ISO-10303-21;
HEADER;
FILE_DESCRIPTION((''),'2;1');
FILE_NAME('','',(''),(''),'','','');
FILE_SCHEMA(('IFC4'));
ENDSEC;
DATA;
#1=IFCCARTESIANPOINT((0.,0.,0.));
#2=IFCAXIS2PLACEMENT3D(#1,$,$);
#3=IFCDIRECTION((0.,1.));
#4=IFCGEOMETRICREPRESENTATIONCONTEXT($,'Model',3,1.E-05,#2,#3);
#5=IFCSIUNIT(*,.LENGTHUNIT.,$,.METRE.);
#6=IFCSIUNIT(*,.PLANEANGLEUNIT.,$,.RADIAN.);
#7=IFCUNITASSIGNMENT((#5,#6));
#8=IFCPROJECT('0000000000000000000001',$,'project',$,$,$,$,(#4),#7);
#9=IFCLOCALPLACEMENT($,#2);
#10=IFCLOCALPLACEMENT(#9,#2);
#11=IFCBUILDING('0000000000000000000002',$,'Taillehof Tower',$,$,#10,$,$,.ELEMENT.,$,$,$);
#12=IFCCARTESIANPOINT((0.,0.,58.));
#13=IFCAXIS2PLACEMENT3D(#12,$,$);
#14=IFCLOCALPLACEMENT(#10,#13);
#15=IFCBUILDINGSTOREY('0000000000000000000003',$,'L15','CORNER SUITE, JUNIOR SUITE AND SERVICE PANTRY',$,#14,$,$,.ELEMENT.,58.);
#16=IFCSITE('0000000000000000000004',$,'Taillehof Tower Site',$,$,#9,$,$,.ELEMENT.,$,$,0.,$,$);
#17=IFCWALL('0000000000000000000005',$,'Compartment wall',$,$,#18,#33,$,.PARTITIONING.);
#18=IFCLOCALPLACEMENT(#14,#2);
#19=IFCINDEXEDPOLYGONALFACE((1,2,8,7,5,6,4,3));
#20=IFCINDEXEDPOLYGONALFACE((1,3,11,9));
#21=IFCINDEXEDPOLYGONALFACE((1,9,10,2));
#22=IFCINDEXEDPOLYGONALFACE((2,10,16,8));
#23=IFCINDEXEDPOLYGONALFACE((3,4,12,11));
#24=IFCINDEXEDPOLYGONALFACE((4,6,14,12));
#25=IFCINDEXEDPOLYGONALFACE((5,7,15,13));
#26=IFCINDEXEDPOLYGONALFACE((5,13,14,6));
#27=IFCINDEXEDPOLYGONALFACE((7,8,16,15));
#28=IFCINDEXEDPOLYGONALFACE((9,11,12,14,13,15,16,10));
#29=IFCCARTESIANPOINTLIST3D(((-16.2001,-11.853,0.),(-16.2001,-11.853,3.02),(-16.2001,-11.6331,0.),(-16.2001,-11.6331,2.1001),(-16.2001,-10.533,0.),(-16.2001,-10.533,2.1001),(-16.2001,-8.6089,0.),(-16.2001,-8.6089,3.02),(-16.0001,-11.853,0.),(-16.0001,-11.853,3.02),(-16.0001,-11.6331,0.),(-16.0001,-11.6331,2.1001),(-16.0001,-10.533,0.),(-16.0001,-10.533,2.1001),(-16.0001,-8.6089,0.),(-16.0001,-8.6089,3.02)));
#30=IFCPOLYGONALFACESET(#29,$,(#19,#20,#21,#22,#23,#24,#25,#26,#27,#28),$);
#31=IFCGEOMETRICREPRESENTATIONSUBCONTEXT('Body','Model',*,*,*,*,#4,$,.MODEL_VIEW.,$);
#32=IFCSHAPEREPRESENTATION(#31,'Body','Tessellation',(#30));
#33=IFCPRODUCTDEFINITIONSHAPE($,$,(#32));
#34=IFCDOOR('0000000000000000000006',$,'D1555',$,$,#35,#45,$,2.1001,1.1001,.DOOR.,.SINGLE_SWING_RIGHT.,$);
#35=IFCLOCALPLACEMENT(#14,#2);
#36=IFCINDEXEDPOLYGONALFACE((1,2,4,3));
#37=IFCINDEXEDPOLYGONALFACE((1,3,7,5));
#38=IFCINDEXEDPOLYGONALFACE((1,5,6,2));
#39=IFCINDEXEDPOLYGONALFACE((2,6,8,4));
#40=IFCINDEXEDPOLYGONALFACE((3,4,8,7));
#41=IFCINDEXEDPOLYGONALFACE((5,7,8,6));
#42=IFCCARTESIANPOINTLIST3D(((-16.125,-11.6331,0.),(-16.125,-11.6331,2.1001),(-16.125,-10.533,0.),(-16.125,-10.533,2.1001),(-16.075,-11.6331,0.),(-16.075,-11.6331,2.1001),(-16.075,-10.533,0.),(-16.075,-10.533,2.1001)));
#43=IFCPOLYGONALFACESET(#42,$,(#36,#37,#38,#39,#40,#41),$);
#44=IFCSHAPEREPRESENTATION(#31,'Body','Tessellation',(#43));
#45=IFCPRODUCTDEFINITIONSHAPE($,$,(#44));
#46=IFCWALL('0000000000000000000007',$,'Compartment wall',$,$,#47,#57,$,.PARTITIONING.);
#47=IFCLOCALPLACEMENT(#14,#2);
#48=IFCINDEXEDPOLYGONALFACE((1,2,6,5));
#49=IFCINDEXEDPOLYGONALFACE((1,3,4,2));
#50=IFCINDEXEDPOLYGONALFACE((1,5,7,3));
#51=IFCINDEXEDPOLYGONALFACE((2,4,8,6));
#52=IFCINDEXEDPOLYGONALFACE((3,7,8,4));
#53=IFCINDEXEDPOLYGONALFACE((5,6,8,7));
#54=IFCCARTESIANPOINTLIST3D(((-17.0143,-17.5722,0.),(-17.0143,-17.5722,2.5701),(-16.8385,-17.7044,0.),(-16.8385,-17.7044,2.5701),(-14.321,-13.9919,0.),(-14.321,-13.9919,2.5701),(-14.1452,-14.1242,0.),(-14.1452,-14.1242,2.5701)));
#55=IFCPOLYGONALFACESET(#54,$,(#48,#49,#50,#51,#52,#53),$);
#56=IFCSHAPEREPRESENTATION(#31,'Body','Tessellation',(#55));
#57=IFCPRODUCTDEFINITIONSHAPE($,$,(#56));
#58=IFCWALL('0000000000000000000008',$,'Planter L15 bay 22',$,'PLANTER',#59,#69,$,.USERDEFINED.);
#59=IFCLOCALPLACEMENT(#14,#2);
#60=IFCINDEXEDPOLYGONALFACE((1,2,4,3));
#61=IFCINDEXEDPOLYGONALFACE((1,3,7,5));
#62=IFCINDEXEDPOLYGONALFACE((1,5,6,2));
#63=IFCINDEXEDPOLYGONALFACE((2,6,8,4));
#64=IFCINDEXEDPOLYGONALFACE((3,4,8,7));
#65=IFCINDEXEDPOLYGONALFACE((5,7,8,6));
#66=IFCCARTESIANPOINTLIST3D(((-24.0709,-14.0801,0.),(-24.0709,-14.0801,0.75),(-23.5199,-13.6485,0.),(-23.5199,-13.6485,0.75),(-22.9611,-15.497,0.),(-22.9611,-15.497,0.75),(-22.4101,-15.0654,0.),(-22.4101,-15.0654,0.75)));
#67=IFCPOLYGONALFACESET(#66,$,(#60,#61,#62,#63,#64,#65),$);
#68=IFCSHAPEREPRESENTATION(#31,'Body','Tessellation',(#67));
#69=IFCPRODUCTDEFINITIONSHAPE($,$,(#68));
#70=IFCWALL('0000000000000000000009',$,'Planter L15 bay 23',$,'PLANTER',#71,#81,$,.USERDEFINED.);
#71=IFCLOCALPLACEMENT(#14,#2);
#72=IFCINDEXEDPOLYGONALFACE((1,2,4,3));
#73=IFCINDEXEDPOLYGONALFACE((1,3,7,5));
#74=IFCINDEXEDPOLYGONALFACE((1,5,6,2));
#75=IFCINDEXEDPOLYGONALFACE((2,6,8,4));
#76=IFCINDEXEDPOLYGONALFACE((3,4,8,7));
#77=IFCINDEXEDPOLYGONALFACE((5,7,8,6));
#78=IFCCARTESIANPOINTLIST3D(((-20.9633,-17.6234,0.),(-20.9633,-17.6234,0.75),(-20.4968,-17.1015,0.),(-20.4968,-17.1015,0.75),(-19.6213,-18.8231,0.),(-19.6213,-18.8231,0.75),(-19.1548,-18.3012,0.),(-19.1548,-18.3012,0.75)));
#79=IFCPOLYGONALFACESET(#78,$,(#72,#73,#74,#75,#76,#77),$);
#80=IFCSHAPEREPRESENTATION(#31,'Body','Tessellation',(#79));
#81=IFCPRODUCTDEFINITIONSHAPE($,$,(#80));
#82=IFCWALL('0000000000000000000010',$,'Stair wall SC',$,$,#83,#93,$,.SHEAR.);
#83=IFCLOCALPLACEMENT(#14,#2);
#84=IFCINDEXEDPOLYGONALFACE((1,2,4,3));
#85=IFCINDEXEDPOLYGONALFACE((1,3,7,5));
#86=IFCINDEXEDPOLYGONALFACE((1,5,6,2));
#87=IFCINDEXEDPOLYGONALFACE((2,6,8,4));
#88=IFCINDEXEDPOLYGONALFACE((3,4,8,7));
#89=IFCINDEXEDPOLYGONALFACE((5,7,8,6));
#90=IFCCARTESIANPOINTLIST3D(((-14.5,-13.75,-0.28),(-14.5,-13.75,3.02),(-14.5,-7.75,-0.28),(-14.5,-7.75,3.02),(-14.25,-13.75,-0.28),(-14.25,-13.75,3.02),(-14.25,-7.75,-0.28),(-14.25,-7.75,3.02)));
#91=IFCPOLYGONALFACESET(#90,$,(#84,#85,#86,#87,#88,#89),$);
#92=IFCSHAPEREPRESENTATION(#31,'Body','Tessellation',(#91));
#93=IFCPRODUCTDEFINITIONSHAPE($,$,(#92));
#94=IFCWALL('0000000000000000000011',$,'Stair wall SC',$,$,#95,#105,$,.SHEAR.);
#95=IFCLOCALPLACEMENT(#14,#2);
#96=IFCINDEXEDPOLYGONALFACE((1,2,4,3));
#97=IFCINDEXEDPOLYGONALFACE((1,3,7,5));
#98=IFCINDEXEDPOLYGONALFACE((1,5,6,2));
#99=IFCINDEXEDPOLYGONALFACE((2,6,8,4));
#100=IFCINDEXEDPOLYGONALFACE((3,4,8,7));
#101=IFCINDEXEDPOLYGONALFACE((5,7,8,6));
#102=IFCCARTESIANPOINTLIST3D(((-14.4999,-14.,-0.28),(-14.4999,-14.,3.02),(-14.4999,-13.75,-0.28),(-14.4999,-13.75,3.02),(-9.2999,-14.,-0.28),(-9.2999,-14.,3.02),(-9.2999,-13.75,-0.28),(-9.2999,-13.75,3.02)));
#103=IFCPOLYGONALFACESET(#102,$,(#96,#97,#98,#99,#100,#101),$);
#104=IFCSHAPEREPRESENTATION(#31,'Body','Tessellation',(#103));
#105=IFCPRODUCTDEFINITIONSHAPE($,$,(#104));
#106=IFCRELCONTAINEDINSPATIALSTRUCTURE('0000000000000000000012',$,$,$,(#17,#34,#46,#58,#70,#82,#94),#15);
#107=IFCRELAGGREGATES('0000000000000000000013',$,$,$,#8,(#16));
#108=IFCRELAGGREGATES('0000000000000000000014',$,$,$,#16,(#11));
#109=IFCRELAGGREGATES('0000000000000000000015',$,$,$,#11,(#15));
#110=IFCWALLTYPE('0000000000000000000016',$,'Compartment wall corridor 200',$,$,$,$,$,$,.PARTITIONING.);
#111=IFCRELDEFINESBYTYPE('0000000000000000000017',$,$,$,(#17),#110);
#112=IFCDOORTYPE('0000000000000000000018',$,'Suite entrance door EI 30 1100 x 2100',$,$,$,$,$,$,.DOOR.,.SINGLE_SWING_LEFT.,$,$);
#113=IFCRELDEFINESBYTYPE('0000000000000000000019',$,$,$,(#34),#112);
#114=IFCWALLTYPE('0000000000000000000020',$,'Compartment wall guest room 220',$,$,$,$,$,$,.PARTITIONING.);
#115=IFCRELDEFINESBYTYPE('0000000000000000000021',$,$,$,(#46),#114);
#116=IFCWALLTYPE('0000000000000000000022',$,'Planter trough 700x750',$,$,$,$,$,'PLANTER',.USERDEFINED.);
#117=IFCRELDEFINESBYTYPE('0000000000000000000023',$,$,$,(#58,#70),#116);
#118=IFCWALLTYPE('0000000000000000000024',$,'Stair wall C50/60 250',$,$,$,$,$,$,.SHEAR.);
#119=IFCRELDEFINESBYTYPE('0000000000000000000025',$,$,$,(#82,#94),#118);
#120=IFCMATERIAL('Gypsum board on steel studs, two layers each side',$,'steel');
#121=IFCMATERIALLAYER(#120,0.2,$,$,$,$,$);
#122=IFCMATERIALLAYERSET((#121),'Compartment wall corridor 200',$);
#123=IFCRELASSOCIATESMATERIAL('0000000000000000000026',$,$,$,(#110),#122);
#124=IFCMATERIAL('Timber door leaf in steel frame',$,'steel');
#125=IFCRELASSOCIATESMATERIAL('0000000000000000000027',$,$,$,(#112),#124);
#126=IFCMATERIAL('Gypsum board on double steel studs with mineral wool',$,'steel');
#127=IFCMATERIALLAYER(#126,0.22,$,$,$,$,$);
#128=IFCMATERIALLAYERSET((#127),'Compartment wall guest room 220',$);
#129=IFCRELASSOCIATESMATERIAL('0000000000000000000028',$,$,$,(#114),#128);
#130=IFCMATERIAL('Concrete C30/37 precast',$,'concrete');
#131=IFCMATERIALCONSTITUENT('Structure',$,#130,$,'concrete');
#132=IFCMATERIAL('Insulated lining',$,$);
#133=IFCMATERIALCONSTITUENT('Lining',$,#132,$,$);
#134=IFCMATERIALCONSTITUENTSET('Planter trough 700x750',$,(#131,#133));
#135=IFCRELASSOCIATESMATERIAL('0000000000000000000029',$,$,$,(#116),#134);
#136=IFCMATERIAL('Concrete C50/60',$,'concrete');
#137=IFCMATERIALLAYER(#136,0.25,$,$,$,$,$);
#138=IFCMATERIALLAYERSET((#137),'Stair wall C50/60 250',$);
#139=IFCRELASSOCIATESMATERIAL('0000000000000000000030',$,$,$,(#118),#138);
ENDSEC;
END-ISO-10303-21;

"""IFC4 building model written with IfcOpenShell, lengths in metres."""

from ifc_helpers import new_model, si_unit, direction, frame, frame_2d, origin, place, context, subcontext, project, spatial, rectangle, extrude, material, layer, layer_set, constituent, constituent_set, type_object, element, fill, save


model = new_model("IFC4")

# Units and contexts
model_context = context("Model", 3, precision=1e-05, world=origin(), true_north=direction((0.0, 1.0)))
body_context = subcontext(model_context, "Body", "Model", "MODEL_VIEW")
ifc_project = project(units=[si_unit("LENGTHUNIT", "METRE"), si_unit("PLANEANGLEUNIT", "RADIAN")], contexts=[model_context])

# Site, building, storey
site_placement = place(None, origin())
site = spatial("IfcSite", under=ifc_project, at=site_placement, Name="Taillehof Tower Site", CompositionType="ELEMENT", RefElevation=0.0)
building_placement = place(site_placement, origin())
building = spatial("IfcBuilding", under=site, at=building_placement, Name="Taillehof Tower", CompositionType="ELEMENT")
storey_placement = place(building_placement, frame((0.0, 0.0, 58.0)))
storey = spatial("IfcBuildingStorey", under=building, at=storey_placement, Name="L15", Description="CORNER SUITE, JUNIOR SUITE AND SERVICE PANTRY", CompositionType="ELEMENT", Elevation=58.0)

# Shared definitions
ifc_material_1 = material(Name="Gypsum board on steel studs, two layers each side", Category="steel")
ifc_layer_1 = layer(ifc_material_1, 0.2)
ifc_layer_set_1 = layer_set([ifc_layer_1], Name="Compartment wall corridor 200")
wall_type_1 = type_object("IfcWallType", Name="Compartment wall corridor 200", PredefinedType="PARTITIONING", material=ifc_layer_set_1)

# Wall, opening, door
wall_1_placement = place(storey_placement, frame((-16.1001, -11.853, 0.0), z_axis=(0.0, 0.0, 1.0), x_axis=(0.0, 1.0, 0.0)))
wall_1 = element("IfcWall", 1, at=wall_1_placement, inside=storey, type_object=wall_type_1, Name="Compartment wall", PredefinedType="PARTITIONING", context=body_context, shape_type="SweptSolid", body=[
    extrude(rectangle(XDim=3.2441, YDim=0.2, at=frame_2d((1.6221, 0.0))), origin(), (0.0, 0.0, 1.0), 3.02),
])
opening_1_placement = place(wall_1_placement, frame((0.22, 0.0, 0.0)))
opening_1 = element("IfcOpeningElement", 2, at=opening_1_placement, cuts=wall_1, PredefinedType="OPENING", context=body_context, shape_type="SweptSolid", body=[
    extrude(rectangle(XDim=1.1001, YDim=2.1001, at=frame_2d((0.55, 1.05))), frame((0.0, 0.1099, 0.0), z_axis=(0.0, -1.0, 0.0), x_axis=(1.0, 0.0, 0.0)), (0.0, 0.0, 1.0), 0.22),
])
ifc_material_2 = material(Name="Timber door leaf in steel frame", Category="steel")
door_type_1 = type_object("IfcDoorType", Name="Suite entrance door EI 30 1100 x 2100", OperationType="SINGLE_SWING_LEFT", PredefinedType="DOOR", material=ifc_material_2)
door_1_placement = place(opening_1_placement, origin())
door_1 = element("IfcDoor", 3, at=door_1_placement, inside=storey, type_object=door_type_1, Name="D1555", OperationType="SINGLE_SWING_RIGHT", OverallHeight=2.1001, OverallWidth=1.1001, PredefinedType="DOOR", context=body_context, shape_type="SweptSolid", body=[
    extrude(rectangle(XDim=1.1001, YDim=2.1001, at=frame_2d((0.55, 1.05))), frame((0.0, 0.0249, 0.0), z_axis=(0.0, -1.0, 0.0), x_axis=(1.0, 0.0, 0.0)), (0.0, 0.0, 1.0), 0.05),
])
fill(opening_1, door_1)

# Walls
ifc_material_3 = material(Name="Gypsum board on double steel studs with mineral wool", Category="steel")
ifc_layer_2 = layer(ifc_material_3, 0.22)
ifc_layer_set_2 = layer_set([ifc_layer_2], Name="Compartment wall guest room 220")
wall_type_2 = type_object("IfcWallType", Name="Compartment wall guest room 220", PredefinedType="PARTITIONING", material=ifc_layer_set_2)
wall_2_placement = place(storey_placement, frame((-16.9265, -17.6384, 0.0), z_axis=(0.0, 0.0, 1.0), x_axis=(0.601159, 0.799129, 0.0)))
element("IfcWall", 4, at=wall_2_placement, inside=storey, type_object=wall_type_2, Name="Compartment wall", PredefinedType="PARTITIONING", context=body_context, shape_type="SweptSolid", body=[
    extrude(rectangle(XDim=4.4802, YDim=0.22, at=frame_2d((2.2402, 0.0))), origin(), (0.0, 0.0, 1.0), 2.5701),
])
ifc_material_4 = material(Name="Concrete C30/37 precast", Category="concrete")
ifc_constituent_1 = constituent(ifc_material_4, Name="Structure", Category="concrete")
ifc_material_5 = material(Name="Insulated lining")
ifc_constituent_2 = constituent(ifc_material_5, Name="Lining")
ifc_constituent_set = constituent_set(constituents=[ifc_constituent_1, ifc_constituent_2], Name="Planter trough 700x750")
wall_type_3 = type_object("IfcWallType", Name="Planter trough 700x750", ElementType="PLANTER", PredefinedType="USERDEFINED", material=ifc_constituent_set)
wall_3_placement = place(storey_placement, frame((-23.7954, -13.8643, 0.0), z_axis=(0.0, 0.0, 1.0), x_axis=(0.616623, -0.787259, 0.0)))
element("IfcWall", 5, at=wall_3_placement, inside=storey, type_object=wall_type_3, Name="Planter L15 bay 22", ObjectType="PLANTER", PredefinedType="USERDEFINED", context=body_context, shape_type="SweptSolid", body=[
    extrude(rectangle(XDim=1.7998, YDim=0.7, at=frame_2d((0.8999, 0.0))), origin(), (0.0, 0.0, 1.0), 0.75),
])
wall_4_placement = place(storey_placement, frame((-20.73, -17.3625, 0.0), z_axis=(0.0, 0.0, 1.0), x_axis=(0.745536, -0.666466, 0.0)))
element("IfcWall", 6, at=wall_4_placement, inside=storey, type_object=wall_type_3, Name="Planter L15 bay 23", ObjectType="PLANTER", PredefinedType="USERDEFINED", context=body_context, shape_type="SweptSolid", body=[
    extrude(rectangle(XDim=1.8, YDim=0.7, at=frame_2d((0.8999, 0.0))), origin(), (0.0, 0.0, 1.0), 0.75),
])
ifc_material_6 = material(Name="Concrete C50/60", Category="concrete")
ifc_layer_3 = layer(ifc_material_6, 0.25)
ifc_layer_set_3 = layer_set([ifc_layer_3], Name="Stair wall C50/60 250")
wall_type_4 = type_object("IfcWallType", Name="Stair wall C50/60 250", PredefinedType="SHEAR", material=ifc_layer_set_3)
wall_5_placement = place(storey_placement, frame((-14.375, -13.75, -0.28), z_axis=(0.0, 0.0, 1.0), x_axis=(0.0, 1.0, 0.0)))
element("IfcWall", 7, at=wall_5_placement, inside=storey, type_object=wall_type_4, Name="Stair wall SC", PredefinedType="SHEAR", context=body_context, shape_type="SweptSolid", body=[
    extrude(rectangle(XDim=6.0, YDim=0.25, at=frame_2d((3.0, 0.0))), origin(), (0.0, 0.0, 1.0), 3.3),
])
wall_6_placement = place(storey_placement, frame((-14.5, -13.875, -0.28), z_axis=(0.0, 0.0, 1.0), x_axis=(1.0, 0.0, 0.0)))
element("IfcWall", 8, at=wall_6_placement, inside=storey, type_object=wall_type_4, Name="Stair wall SC", PredefinedType="SHEAR", context=body_context, shape_type="SweptSolid", body=[
    extrude(rectangle(XDim=5.2, YDim=0.25, at=frame_2d((2.6001, 0.0))), origin(), (0.0, 0.0, 1.0), 3.3),
])

save(model, "model.ifc")
